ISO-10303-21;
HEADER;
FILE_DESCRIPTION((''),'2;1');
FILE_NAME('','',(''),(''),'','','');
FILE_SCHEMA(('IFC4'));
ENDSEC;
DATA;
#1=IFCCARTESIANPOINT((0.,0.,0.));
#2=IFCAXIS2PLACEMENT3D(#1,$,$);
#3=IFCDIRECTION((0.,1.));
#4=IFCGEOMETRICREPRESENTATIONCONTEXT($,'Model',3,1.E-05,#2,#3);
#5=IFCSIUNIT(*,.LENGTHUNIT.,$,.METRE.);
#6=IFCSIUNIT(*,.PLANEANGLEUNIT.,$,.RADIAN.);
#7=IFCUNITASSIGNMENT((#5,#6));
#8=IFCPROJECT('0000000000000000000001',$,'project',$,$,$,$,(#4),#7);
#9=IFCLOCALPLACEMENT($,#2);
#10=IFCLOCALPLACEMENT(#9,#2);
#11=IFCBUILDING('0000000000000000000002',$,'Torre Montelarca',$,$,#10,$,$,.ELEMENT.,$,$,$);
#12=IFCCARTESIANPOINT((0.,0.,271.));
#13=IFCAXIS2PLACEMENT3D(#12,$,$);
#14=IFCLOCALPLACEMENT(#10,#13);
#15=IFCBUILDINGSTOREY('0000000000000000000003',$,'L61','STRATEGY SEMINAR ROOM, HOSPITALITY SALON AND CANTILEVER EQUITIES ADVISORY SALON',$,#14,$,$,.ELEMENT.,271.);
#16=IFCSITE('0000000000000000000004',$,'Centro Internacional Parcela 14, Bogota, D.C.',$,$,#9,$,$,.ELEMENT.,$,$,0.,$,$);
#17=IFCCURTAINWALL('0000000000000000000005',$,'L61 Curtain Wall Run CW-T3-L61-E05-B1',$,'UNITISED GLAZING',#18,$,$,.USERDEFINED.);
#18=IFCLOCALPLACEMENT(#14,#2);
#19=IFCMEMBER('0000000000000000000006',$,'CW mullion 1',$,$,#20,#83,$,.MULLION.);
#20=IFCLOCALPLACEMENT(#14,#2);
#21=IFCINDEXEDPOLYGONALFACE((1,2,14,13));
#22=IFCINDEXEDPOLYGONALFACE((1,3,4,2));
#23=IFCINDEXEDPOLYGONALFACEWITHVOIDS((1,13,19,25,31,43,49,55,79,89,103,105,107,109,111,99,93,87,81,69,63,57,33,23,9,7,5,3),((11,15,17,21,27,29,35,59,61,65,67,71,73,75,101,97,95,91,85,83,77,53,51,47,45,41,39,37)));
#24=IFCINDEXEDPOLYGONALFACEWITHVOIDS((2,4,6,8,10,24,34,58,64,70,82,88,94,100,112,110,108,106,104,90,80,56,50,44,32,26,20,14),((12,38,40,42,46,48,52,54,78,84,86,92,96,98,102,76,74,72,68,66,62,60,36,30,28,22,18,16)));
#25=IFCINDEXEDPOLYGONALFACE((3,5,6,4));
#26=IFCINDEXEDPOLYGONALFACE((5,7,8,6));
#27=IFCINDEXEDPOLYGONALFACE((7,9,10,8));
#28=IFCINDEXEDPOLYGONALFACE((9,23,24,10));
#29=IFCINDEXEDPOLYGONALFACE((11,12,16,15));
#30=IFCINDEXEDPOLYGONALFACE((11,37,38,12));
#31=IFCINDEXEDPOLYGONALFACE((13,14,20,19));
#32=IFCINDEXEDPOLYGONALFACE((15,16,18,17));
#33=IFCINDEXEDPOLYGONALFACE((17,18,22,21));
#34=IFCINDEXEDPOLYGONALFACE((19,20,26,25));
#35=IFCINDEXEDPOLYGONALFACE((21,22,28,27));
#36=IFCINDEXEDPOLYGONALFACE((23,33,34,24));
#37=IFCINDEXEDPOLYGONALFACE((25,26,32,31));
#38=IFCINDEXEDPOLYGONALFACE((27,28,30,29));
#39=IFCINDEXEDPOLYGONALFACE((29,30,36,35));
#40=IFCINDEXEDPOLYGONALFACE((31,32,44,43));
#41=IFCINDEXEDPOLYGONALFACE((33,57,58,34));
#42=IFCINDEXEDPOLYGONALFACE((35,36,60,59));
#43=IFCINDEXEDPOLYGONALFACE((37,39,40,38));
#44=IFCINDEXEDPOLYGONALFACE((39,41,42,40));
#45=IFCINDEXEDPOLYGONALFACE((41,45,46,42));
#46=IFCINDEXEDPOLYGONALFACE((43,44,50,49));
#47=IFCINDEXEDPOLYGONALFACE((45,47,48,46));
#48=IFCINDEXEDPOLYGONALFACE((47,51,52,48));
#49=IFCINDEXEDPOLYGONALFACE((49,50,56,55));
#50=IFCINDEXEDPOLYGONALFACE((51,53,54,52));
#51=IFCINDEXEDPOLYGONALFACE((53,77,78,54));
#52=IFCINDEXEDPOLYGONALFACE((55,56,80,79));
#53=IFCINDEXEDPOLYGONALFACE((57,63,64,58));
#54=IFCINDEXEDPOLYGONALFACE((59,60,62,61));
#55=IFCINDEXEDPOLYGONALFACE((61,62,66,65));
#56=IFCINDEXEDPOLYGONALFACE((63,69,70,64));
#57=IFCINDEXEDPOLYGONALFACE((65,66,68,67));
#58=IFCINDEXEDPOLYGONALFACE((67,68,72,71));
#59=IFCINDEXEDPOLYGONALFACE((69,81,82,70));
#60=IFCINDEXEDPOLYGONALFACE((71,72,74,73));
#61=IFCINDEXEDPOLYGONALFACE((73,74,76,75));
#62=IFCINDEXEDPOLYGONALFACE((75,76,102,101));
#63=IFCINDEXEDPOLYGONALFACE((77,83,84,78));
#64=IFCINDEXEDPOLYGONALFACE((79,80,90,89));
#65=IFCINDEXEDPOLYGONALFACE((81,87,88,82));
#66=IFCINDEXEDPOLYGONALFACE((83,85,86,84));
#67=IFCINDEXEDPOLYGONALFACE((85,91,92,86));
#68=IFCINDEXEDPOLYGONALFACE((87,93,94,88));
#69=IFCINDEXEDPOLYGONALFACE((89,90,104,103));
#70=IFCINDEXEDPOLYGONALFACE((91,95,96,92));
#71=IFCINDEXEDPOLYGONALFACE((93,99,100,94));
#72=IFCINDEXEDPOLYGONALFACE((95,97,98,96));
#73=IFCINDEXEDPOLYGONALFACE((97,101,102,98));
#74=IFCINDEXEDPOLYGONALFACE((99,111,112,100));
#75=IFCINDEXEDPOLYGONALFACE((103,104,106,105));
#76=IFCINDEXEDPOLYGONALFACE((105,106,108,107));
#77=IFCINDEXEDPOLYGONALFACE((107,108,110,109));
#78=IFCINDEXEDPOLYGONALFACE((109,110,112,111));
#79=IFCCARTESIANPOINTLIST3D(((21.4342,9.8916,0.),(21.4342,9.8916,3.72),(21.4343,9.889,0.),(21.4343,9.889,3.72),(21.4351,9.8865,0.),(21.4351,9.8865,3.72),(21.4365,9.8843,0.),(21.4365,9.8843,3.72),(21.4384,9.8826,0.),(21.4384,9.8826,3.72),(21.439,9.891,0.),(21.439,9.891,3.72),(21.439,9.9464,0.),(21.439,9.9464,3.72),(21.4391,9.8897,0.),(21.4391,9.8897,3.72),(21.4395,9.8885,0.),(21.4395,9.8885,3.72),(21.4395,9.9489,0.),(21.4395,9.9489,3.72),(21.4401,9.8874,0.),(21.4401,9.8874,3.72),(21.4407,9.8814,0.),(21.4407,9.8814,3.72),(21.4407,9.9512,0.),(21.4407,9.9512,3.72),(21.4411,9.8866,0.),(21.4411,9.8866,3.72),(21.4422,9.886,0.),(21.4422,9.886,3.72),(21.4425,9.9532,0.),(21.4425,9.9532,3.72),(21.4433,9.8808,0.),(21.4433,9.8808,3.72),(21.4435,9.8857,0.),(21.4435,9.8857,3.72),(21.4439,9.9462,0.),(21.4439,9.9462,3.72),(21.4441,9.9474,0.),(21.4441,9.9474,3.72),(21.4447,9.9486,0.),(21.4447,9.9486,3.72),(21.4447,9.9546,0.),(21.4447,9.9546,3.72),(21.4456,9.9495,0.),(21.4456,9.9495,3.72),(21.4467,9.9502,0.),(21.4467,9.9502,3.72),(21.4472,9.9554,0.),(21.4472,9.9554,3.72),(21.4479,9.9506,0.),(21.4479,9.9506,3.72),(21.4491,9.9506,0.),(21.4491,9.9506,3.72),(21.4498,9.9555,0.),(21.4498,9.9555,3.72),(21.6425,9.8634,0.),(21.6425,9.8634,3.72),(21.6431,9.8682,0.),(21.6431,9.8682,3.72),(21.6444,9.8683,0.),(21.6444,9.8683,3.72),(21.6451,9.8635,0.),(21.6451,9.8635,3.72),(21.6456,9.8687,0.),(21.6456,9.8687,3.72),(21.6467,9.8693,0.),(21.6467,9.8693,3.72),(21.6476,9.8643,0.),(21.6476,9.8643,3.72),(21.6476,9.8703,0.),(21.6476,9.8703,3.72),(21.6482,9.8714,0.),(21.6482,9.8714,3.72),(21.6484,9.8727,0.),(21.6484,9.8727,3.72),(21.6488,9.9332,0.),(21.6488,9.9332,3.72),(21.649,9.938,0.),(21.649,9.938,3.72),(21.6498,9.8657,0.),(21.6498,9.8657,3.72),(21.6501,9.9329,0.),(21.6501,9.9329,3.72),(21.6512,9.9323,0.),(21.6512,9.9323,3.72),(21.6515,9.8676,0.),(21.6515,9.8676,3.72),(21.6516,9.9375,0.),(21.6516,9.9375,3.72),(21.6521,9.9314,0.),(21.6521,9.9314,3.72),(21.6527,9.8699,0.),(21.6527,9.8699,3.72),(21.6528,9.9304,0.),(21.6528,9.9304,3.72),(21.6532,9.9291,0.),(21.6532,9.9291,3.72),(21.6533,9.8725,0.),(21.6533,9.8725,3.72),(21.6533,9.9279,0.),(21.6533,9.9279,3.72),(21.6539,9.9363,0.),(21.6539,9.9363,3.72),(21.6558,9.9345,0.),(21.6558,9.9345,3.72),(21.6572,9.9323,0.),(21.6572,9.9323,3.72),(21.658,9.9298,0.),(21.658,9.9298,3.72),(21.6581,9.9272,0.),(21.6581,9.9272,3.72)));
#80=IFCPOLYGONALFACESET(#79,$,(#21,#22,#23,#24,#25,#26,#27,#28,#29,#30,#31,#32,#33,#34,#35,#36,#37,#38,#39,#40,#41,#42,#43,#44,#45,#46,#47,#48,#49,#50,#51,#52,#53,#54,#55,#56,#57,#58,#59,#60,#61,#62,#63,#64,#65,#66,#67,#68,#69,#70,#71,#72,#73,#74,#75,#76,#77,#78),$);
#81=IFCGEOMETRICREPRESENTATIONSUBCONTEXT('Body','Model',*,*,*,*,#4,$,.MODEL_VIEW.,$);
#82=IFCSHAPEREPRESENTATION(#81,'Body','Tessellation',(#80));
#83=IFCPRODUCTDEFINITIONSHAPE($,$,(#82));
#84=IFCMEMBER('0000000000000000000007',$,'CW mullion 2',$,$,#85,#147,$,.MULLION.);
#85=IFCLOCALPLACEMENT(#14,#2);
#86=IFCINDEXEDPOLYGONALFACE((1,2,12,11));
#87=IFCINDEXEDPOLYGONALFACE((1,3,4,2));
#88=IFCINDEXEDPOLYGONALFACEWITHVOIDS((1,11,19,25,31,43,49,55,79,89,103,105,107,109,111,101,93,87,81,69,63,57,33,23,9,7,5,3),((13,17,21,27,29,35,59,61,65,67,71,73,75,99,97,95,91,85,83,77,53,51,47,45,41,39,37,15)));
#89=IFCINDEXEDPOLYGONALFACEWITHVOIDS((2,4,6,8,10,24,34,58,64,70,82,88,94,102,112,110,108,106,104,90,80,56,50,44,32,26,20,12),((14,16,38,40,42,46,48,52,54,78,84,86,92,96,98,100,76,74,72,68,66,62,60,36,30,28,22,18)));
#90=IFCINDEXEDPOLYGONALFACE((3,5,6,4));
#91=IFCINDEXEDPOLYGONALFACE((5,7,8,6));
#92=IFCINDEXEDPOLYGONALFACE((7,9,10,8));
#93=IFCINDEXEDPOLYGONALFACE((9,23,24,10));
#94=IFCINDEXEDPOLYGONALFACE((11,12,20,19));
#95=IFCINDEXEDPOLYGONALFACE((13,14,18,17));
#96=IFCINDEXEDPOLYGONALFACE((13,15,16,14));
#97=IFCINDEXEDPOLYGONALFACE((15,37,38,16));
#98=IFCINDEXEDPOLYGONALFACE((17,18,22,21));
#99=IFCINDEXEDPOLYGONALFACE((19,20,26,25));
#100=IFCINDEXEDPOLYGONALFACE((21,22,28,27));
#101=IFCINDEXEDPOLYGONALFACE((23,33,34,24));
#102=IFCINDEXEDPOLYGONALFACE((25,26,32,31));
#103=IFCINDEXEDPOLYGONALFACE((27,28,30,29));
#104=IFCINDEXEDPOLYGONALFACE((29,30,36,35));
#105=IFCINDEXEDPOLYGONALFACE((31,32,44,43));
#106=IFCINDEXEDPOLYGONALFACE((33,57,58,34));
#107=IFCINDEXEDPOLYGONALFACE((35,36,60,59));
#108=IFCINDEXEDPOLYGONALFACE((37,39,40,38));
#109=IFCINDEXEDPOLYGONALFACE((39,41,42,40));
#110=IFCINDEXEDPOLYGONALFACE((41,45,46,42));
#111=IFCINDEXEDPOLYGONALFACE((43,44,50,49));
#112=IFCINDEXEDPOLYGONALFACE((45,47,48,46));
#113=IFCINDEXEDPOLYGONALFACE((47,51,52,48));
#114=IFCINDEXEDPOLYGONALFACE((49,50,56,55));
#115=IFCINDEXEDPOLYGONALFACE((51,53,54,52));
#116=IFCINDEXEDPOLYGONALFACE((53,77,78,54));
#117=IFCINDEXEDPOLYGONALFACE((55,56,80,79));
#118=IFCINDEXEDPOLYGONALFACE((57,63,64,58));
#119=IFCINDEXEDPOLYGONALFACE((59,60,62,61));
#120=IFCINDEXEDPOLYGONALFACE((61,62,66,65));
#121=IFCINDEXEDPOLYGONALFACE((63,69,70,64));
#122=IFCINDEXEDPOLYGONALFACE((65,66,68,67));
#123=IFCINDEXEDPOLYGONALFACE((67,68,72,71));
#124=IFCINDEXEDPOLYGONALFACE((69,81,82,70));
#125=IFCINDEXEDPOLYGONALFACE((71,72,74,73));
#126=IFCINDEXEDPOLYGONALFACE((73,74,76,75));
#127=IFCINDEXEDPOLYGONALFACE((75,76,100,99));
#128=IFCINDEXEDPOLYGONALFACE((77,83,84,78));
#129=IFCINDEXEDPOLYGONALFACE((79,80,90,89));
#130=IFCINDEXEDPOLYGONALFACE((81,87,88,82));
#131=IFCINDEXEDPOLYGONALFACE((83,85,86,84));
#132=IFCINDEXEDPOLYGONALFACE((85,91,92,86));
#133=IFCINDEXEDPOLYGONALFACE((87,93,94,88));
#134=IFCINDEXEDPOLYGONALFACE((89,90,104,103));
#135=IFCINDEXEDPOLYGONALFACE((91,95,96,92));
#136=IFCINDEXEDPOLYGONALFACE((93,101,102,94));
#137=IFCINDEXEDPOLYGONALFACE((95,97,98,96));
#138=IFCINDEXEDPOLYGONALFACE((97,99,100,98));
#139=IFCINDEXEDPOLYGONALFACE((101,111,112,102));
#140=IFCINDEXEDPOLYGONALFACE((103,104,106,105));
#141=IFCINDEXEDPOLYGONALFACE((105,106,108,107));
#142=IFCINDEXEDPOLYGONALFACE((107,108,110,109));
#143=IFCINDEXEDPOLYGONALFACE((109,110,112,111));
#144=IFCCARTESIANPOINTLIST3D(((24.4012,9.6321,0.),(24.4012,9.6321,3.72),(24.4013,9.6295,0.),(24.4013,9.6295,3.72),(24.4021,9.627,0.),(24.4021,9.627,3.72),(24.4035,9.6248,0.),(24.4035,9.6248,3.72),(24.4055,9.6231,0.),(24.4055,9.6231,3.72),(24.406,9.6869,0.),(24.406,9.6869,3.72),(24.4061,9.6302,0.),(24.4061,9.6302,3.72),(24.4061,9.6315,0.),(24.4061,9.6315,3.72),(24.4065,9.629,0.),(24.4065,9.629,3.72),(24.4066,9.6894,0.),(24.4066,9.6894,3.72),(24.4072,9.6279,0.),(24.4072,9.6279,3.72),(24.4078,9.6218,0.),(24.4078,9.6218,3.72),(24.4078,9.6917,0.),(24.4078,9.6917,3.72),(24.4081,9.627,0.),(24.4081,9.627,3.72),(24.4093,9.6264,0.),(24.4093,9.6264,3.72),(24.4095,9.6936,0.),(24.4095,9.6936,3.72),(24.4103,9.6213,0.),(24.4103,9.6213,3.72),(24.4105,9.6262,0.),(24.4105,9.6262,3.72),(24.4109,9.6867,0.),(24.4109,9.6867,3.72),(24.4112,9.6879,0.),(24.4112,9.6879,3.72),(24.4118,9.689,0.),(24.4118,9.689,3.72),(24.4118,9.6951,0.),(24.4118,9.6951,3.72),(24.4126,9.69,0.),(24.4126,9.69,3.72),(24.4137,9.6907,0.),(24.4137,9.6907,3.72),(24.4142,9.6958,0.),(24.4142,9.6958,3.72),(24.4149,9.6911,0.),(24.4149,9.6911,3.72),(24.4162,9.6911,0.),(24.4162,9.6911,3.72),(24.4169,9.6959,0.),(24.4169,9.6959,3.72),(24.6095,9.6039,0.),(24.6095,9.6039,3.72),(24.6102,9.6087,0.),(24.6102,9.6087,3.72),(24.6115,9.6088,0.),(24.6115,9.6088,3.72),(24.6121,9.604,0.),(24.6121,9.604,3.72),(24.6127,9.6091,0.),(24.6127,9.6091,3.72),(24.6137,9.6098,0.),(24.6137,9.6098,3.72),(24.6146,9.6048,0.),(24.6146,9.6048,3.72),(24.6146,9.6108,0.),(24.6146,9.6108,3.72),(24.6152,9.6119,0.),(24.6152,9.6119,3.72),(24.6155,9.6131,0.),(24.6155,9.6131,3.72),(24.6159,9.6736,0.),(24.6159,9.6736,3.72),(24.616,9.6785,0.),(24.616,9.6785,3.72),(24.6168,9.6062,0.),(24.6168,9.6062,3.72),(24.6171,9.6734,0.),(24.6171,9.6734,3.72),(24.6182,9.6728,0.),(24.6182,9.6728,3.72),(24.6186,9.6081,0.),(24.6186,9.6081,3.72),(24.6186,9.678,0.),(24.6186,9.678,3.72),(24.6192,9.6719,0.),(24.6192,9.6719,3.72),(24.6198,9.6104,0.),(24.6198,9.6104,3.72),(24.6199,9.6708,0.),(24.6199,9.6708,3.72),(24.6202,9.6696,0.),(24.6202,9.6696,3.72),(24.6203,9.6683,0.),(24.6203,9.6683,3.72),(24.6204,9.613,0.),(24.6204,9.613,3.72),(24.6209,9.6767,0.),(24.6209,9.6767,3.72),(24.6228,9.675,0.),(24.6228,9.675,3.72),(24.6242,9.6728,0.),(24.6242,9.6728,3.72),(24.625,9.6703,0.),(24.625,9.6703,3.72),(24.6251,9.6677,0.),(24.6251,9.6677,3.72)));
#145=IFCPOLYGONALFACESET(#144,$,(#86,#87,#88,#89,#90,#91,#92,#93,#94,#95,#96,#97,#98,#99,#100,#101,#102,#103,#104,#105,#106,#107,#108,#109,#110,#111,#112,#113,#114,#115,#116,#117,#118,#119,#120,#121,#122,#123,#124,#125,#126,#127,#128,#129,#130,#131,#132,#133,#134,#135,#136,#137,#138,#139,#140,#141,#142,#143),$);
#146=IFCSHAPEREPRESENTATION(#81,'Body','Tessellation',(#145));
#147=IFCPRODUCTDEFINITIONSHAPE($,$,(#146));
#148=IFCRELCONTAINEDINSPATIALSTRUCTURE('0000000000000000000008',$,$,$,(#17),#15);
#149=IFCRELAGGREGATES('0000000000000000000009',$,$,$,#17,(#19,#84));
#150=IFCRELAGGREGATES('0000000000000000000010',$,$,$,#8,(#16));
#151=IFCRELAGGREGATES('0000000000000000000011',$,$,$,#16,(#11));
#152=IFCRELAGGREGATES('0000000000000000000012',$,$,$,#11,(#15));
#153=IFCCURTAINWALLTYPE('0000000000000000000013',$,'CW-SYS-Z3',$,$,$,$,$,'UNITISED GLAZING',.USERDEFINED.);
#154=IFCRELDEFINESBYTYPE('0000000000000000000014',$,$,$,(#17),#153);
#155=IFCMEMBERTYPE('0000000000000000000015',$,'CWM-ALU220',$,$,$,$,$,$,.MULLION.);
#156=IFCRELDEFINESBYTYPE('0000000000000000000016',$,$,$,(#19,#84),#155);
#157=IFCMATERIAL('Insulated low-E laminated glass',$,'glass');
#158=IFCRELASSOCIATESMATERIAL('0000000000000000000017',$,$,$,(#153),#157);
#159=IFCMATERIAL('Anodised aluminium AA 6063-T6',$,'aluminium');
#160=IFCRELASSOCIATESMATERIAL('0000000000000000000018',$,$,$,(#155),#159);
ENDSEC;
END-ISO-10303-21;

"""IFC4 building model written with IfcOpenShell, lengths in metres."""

from ifc_helpers import new_model, si_unit, direction, frame, origin, origin_2d, place, context, subcontext, project, spatial, hollow_rectangle, extrude, source, transform, mapped, material, material_profile, profile_set, type_object, element, aggregate, save


model = new_model("IFC4")

# Units and contexts
model_context = context("Model", 3, precision=1e-05, world=origin(), true_north=direction((0.0, 1.0)))
body_context = subcontext(model_context, "Body", "Model", "MODEL_VIEW")
ifc_project = project(units=[si_unit("LENGTHUNIT", "METRE"), si_unit("PLANEANGLEUNIT", "RADIAN")], contexts=[model_context])

# Site, building, storey
site_placement = place(None, origin())
site = spatial("IfcSite", under=ifc_project, at=site_placement, Name="Centro Internacional Parcela 14, Bogota, D.C.", CompositionType="ELEMENT", RefElevation=0.0)
building_placement = place(site_placement, origin())
building = spatial("IfcBuilding", under=site, at=building_placement, Name="Torre Montelarca", CompositionType="ELEMENT")
storey_placement = place(building_placement, frame((0.0, 0.0, 271.0)))
storey = spatial("IfcBuildingStorey", under=building, at=storey_placement, Name="L61", Description="STRATEGY SEMINAR ROOM, HOSPITALITY SALON AND CANTILEVER EQUITIES ADVISORY SALON", CompositionType="ELEMENT", Elevation=271.0)

# Curtain wall, members
ifc_material_1 = material(Name="Insulated low-E laminated glass", Category="glass")
curtain_wall_type = type_object("IfcCurtainWallType", Name="CW-SYS-Z3", ElementType="UNITISED GLAZING", PredefinedType="USERDEFINED", material=ifc_material_1)
curtain_wall_placement = place(storey_placement, origin())
curtain_wall = element("IfcCurtainWall", 1, at=curtain_wall_placement, inside=storey, type_object=curtain_wall_type, Name="L61 Curtain Wall Run CW-T3-L61-E05-B1", ObjectType="UNITISED GLAZING", PredefinedType="USERDEFINED")
ifc_material_2 = material(Name="Anodised aluminium AA 6063-T6", Category="aluminium")
ifc_material_profile_1 = material_profile(ifc_material_2, hollow_rectangle(XDim=0.075, YDim=0.22, WallThickness=0.0049, InnerFilletRadius=0.0049, OuterFilletRadius=0.01, at=origin_2d()), Name="ALU75X220X5", Category="aluminium")
ifc_profile_set_1 = profile_set([ifc_material_profile_1], Name="Anodised aluminium AA 6063-T6")
member_type_1 = type_object("IfcMemberType", Name="CWM-ALU220", PredefinedType="MULLION", material=ifc_profile_set_1)
shared_shape_1 = source(origin(), body_context, "Body", "SweptSolid", [
    extrude(hollow_rectangle(XDim=0.075, YDim=0.22, WallThickness=0.0049, InnerFilletRadius=0.0049, OuterFilletRadius=0.01, at=origin_2d()), origin(), (0.0, 0.0, 1.0), 3.72),
])
member_1_placement = place(storey_placement, frame((21.5461, 9.9094, 0.0), z_axis=(0.0, 0.0, 1.0), x_axis=(0.087166, 0.996194, 0.0)))
member_1 = element("IfcMember", 2, at=member_1_placement, type_object=member_type_1, Name="CW mullion 1", PredefinedType="MULLION", context=body_context, shape_type="MappedRepresentation", body=[
    mapped(shared_shape_1, transform((0.0, 0.0, 0.0), scale=1.0)),
])
member_2_placement = place(storey_placement, frame((24.5132, 9.6499, 0.0), z_axis=(0.0, 0.0, 1.0), x_axis=(0.087166, 0.996194, 0.0)))
member_2 = element("IfcMember", 3, at=member_2_placement, type_object=member_type_1, Name="CW mullion 2", PredefinedType="MULLION", context=body_context, shape_type="MappedRepresentation", body=[
    mapped(shared_shape_1, transform((0.0, 0.0, 0.0), scale=1.0)),
])
aggregate(curtain_wall, [member_1, member_2])

save(model, "model.ifc")
